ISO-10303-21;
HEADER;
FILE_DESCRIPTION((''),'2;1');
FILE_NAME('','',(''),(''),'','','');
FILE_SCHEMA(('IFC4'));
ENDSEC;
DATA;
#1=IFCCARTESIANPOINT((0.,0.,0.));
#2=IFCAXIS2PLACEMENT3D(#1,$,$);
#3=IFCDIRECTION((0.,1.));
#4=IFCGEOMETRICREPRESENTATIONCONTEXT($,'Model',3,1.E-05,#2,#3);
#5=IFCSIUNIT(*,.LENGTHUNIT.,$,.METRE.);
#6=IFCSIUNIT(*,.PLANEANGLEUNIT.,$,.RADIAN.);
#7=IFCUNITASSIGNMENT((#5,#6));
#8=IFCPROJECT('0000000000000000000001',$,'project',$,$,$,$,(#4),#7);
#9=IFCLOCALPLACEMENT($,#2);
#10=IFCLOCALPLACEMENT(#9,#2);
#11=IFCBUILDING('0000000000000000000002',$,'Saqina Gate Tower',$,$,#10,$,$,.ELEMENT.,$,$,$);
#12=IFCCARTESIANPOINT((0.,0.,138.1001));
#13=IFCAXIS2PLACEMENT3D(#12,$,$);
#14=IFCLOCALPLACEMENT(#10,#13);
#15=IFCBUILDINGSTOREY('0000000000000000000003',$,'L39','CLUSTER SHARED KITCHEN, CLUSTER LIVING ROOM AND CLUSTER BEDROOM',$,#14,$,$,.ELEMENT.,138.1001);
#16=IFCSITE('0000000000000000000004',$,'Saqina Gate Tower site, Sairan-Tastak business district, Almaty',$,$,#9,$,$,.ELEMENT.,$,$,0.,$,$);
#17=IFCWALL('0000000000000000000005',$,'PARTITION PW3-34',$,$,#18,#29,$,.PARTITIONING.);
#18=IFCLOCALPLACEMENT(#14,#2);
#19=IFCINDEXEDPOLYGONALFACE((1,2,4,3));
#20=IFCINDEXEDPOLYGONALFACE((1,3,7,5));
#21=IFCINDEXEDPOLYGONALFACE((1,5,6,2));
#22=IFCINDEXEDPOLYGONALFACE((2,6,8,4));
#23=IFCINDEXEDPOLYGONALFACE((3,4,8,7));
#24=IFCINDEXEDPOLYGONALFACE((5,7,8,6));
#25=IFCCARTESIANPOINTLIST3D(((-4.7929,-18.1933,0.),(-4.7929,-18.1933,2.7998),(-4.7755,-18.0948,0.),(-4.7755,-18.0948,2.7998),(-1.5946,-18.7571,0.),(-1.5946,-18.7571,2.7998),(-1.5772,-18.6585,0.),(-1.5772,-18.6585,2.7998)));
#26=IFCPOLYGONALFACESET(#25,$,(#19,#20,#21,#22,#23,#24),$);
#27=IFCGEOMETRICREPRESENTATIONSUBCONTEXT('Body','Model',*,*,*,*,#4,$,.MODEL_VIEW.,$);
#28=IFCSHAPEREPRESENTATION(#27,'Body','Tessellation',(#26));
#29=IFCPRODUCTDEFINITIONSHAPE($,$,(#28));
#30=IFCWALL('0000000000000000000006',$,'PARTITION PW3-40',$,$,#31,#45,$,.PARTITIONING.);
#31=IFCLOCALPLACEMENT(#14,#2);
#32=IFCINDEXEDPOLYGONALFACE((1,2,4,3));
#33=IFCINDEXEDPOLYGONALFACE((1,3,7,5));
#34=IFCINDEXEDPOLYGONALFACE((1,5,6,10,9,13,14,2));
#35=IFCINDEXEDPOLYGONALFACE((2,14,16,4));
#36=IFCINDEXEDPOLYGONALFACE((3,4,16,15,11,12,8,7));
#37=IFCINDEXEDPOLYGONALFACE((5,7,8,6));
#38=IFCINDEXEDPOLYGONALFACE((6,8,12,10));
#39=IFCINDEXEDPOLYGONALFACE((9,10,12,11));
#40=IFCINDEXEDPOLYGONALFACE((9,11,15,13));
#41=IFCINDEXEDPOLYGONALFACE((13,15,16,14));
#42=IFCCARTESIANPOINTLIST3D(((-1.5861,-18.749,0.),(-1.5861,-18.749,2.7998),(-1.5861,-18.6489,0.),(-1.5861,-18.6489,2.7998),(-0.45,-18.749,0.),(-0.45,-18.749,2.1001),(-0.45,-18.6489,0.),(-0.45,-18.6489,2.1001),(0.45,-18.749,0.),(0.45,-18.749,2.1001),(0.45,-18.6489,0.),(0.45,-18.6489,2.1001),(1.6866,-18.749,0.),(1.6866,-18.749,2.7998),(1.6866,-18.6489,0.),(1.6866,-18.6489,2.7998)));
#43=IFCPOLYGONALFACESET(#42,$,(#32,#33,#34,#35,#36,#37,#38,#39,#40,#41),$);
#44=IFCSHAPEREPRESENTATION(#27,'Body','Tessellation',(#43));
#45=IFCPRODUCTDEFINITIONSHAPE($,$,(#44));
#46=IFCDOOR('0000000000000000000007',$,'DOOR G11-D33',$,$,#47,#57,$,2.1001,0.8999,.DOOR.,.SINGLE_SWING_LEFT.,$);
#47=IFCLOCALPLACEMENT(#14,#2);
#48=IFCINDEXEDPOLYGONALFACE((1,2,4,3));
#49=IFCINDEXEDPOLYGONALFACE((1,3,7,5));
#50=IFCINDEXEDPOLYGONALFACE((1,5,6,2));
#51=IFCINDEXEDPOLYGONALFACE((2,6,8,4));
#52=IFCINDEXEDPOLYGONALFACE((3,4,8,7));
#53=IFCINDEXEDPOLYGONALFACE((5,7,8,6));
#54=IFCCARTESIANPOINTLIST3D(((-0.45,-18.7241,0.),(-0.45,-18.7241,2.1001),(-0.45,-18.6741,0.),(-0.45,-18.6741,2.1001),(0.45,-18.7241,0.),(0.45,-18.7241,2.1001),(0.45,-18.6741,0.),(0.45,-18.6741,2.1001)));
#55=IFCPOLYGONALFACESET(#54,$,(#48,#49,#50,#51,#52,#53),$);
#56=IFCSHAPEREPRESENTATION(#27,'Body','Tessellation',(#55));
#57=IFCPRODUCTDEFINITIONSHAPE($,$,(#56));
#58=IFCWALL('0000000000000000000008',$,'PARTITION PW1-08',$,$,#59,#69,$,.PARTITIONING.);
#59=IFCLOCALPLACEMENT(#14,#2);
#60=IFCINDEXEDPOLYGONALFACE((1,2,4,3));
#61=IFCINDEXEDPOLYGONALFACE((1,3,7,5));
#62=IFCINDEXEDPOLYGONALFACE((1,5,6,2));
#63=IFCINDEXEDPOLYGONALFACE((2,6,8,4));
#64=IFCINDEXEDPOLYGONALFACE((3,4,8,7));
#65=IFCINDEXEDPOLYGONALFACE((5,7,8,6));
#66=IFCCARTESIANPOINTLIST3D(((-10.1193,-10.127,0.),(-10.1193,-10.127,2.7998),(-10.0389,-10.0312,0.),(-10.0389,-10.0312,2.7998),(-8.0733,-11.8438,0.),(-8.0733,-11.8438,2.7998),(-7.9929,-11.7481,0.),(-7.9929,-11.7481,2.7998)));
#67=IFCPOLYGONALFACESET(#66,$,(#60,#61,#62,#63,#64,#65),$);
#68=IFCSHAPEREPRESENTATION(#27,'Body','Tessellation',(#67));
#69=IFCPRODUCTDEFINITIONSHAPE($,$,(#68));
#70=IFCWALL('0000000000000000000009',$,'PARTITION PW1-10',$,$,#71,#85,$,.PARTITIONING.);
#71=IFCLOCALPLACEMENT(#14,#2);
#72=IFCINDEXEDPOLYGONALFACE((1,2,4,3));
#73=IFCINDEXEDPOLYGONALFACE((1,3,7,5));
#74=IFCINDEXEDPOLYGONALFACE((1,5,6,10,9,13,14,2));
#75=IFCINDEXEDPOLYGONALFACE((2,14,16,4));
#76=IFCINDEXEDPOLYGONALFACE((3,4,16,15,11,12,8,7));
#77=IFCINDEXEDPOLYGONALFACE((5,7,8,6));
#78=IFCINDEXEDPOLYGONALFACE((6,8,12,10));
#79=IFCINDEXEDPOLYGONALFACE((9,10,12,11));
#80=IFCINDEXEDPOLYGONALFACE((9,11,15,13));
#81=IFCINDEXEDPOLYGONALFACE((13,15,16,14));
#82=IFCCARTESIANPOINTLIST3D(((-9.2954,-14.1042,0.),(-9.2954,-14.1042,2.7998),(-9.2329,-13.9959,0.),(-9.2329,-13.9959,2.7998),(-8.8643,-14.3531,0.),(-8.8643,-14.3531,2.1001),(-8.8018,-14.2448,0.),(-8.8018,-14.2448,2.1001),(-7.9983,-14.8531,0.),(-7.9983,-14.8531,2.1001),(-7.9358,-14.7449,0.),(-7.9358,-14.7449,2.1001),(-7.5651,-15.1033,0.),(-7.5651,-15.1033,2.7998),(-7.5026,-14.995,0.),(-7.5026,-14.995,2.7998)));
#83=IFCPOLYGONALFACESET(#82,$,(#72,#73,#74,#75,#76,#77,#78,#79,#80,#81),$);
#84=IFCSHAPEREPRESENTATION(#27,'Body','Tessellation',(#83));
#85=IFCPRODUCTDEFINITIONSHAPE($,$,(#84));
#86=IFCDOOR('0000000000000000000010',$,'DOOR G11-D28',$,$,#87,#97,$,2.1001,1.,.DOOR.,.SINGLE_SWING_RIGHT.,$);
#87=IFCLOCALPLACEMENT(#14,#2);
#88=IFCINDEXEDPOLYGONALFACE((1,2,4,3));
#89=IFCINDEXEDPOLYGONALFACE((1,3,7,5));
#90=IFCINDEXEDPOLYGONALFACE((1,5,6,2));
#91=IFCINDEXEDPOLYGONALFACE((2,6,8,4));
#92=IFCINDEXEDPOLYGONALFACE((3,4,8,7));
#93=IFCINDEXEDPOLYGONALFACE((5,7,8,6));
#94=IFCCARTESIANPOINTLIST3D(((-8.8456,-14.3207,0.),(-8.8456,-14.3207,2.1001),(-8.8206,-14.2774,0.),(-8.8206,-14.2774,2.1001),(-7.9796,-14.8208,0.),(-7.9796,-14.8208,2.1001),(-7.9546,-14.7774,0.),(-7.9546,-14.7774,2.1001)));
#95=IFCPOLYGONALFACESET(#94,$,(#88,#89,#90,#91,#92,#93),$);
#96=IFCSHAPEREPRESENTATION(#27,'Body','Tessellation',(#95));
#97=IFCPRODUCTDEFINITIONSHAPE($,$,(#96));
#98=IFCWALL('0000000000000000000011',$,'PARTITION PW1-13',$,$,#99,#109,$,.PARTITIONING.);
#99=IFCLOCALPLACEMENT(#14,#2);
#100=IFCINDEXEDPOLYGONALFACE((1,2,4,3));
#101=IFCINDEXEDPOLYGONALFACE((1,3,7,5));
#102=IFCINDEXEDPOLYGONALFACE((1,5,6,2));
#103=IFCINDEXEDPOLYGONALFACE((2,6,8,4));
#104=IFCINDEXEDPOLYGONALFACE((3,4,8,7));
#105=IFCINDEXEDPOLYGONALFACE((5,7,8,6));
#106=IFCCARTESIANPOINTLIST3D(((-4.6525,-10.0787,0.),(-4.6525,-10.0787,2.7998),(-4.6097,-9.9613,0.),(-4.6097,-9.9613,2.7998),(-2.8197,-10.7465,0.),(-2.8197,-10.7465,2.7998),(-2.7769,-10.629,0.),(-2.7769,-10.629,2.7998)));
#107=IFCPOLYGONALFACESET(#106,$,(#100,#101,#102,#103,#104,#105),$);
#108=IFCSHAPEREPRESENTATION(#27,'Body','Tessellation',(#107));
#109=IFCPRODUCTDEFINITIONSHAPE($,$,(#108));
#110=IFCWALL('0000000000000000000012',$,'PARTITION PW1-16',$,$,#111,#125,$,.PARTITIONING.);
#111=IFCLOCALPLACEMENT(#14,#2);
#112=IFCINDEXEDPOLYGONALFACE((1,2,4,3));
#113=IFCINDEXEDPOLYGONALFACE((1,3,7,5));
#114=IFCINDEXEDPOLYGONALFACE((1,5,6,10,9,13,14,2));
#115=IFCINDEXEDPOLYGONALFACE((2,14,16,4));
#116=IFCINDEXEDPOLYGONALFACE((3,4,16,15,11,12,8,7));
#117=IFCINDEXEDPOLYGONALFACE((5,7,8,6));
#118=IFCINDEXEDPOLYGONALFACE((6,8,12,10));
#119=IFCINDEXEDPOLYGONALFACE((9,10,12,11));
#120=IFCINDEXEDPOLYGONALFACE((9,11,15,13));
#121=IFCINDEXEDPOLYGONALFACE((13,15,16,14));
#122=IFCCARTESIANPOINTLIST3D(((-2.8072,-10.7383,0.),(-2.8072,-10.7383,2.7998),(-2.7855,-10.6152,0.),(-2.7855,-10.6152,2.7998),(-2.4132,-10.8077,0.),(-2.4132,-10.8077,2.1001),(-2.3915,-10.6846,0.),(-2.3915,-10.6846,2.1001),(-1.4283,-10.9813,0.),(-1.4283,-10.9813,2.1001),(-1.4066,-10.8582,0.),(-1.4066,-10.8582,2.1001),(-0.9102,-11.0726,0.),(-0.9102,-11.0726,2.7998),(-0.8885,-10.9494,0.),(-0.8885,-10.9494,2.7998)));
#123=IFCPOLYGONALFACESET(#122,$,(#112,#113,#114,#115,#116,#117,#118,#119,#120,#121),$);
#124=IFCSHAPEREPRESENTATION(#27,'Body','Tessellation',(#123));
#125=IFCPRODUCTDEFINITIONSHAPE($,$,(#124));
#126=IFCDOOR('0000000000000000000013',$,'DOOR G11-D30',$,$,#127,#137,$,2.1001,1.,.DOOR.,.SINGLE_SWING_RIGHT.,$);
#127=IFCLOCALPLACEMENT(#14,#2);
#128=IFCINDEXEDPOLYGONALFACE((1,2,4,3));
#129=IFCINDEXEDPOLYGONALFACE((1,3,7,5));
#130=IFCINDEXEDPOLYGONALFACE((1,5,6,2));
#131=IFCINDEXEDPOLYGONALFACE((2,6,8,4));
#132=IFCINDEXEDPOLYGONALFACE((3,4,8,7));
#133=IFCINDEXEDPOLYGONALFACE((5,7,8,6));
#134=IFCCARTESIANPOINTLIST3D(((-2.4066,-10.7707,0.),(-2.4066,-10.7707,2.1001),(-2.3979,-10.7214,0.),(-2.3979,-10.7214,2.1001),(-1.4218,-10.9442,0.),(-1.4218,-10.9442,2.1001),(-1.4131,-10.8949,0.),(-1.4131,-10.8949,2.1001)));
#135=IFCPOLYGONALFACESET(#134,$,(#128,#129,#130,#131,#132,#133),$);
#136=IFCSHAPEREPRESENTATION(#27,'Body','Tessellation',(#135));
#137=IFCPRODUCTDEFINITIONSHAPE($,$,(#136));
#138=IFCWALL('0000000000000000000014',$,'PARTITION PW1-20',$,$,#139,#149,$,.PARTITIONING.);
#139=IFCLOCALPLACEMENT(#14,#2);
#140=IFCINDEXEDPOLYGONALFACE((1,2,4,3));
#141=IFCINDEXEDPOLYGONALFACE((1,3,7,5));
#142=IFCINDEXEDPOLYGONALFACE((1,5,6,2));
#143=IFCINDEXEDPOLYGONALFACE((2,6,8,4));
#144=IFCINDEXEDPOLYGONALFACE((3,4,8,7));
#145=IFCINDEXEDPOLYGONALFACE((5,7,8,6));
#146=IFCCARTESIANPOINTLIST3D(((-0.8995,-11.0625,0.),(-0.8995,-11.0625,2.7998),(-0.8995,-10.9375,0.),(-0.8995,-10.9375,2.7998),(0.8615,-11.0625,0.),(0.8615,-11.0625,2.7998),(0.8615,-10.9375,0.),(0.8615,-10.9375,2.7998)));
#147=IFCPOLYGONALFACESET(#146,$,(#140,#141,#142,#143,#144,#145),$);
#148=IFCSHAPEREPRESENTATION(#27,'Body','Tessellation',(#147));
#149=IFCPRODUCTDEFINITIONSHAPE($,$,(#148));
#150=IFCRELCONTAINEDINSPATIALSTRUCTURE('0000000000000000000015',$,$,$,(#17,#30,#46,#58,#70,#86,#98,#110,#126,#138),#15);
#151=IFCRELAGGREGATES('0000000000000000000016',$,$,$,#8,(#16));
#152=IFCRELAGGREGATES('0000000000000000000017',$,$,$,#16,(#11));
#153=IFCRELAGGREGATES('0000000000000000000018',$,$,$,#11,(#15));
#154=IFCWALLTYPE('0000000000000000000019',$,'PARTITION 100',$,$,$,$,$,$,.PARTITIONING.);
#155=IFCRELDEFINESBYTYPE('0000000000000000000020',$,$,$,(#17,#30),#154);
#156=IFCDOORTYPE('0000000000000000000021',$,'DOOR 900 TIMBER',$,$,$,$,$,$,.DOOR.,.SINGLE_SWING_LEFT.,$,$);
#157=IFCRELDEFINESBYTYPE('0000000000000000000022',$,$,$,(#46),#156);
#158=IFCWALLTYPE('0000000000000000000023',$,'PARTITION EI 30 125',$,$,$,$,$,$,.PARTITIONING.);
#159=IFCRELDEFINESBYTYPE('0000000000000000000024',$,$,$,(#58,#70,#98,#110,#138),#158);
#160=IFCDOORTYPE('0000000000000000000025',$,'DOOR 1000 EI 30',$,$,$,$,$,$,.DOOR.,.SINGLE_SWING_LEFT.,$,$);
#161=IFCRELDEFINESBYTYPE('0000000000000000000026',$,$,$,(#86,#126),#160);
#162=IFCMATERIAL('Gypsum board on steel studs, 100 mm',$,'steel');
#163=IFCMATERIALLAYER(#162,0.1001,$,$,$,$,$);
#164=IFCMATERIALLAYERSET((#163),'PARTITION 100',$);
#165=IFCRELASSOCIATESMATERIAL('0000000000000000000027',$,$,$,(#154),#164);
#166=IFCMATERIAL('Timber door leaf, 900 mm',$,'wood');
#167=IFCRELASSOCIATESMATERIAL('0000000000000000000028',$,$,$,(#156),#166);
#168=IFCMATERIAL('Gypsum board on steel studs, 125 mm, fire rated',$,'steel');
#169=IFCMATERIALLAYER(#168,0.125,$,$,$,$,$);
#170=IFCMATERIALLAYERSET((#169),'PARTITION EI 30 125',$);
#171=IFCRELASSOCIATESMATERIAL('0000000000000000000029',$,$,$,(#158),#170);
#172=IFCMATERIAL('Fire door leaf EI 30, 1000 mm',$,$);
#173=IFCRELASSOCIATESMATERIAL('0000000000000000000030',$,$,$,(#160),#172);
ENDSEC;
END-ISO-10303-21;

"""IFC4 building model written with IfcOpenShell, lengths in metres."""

from ifc_helpers import new_model, si_unit, direction, frame, frame_2d, origin, place, context, subcontext, project, spatial, rectangle, extrude, material, layer, layer_set, type_object, element, fill, save


model = new_model("IFC4")

# Units and contexts
model_context = context("Model", 3, precision=1e-05, world=origin(), true_north=direction((0.0, 1.0)))
body_context = subcontext(model_context, "Body", "Model", "MODEL_VIEW")
ifc_project = project(units=[si_unit("LENGTHUNIT", "METRE"), si_unit("PLANEANGLEUNIT", "RADIAN")], contexts=[model_context])

# Site, building, storey
site_placement = place(None, origin())
site = spatial("IfcSite", under=ifc_project, at=site_placement, Name="Saqina Gate Tower site, Sairan-Tastak business district, Almaty", CompositionType="ELEMENT", RefElevation=0.0)
building_placement = place(site_placement, origin())
building = spatial("IfcBuilding", under=site, at=building_placement, Name="Saqina Gate Tower", CompositionType="ELEMENT")
storey_placement = place(building_placement, frame((0.0, 0.0, 138.1001)))
storey = spatial("IfcBuildingStorey", under=building, at=storey_placement, Name="L39", Description="CLUSTER SHARED KITCHEN, CLUSTER LIVING ROOM AND CLUSTER BEDROOM", CompositionType="ELEMENT", Elevation=138.1001)

# Wall
ifc_material_1 = material(Name="Gypsum board on steel studs, 100 mm", Category="steel")
ifc_layer_1 = layer(ifc_material_1, 0.1001)
ifc_layer_set_1 = layer_set([ifc_layer_1], Name="PARTITION 100")
wall_type_1 = type_object("IfcWallType", Name="PARTITION 100", PredefinedType="PARTITIONING", material=ifc_layer_set_1)
wall_1_placement = place(storey_placement, frame((-4.7842, -18.144, 0.0), z_axis=(0.0, 0.0, 1.0), x_axis=(0.984819, -0.173584, 0.0)))
element("IfcWall", 1, at=wall_1_placement, inside=storey, type_object=wall_type_1, Name="PARTITION PW3-34", PredefinedType="PARTITIONING", context=body_context, shape_type="SweptSolid", body=[
    extrude(rectangle(XDim=3.2476, YDim=0.1001, at=frame_2d((1.6238, 0.0))), origin(), (0.0, 0.0, 1.0), 2.7998),
])

# Wall, opening, door
wall_2_placement = place(storey_placement, frame((-1.5859, -18.699, 0.0), z_axis=(0.0, 0.0, 1.0), x_axis=(1.0, 0.0, 0.0)))
wall_2 = element("IfcWall", 2, at=wall_2_placement, inside=storey, type_object=wall_type_1, Name="PARTITION PW3-40", PredefinedType="PARTITIONING", context=body_context, shape_type="SweptSolid", body=[
    extrude(rectangle(XDim=3.2727, YDim=0.1001, at=frame_2d((1.6362, 0.0))), origin(), (0.0, 0.0, 1.0), 2.7998),
])
opening_1_placement = place(wall_2_placement, frame((1.136, 0.0, 0.0)))
opening_1 = element("IfcOpeningElement", 3, at=opening_1_placement, cuts=wall_2, PredefinedType="OPENING", context=body_context, shape_type="SweptSolid", body=[
    extrude(rectangle(XDim=0.8999, YDim=2.1001, at=frame_2d((0.45, 1.05))), frame((0.0, 0.062, 0.0), z_axis=(0.0, -1.0, 0.0), x_axis=(1.0, 0.0, 0.0)), (0.0, 0.0, 1.0), 0.124),
])
ifc_material_2 = material(Name="Timber door leaf, 900 mm", Category="wood")
door_type_1 = type_object("IfcDoorType", Name="DOOR 900 TIMBER", OperationType="SINGLE_SWING_LEFT", PredefinedType="DOOR", material=ifc_material_2)
door_1_placement = place(opening_1_placement, origin())
door_1 = element("IfcDoor", 4, at=door_1_placement, inside=storey, type_object=door_type_1, Name="DOOR G11-D33", OperationType="SINGLE_SWING_LEFT", OverallHeight=2.1001, OverallWidth=0.8999, PredefinedType="DOOR", context=body_context, shape_type="SweptSolid", body=[
    extrude(rectangle(XDim=0.8999, YDim=2.1001, at=frame_2d((0.45, 1.05))), frame((0.0, 0.0249, 0.0), z_axis=(0.0, -1.0, 0.0), x_axis=(1.0, 0.0, 0.0)), (0.0, 0.0, 1.0), 0.05),
])
fill(opening_1, door_1)

# Wall
ifc_material_3 = material(Name="Gypsum board on steel studs, 125 mm, fire rated", Category="steel")
ifc_layer_2 = layer(ifc_material_3, 0.125)
ifc_layer_set_2 = layer_set([ifc_layer_2], Name="PARTITION EI 30 125")
wall_type_2 = type_object("IfcWallType", Name="PARTITION EI 30 125", PredefinedType="PARTITIONING", material=ifc_layer_set_2)
wall_3_placement = place(storey_placement, frame((-10.0791, -10.0791, 0.0), z_axis=(0.0, 0.0, 1.0), x_axis=(0.766029, -0.642806, 0.0)))
element("IfcWall", 5, at=wall_3_placement, inside=storey, type_object=wall_type_2, Name="PARTITION PW1-08", PredefinedType="PARTITIONING", context=body_context, shape_type="SweptSolid", body=[
    extrude(rectangle(XDim=2.6709, YDim=0.125, at=frame_2d((1.3354, 0.0))), origin(), (0.0, 0.0, 1.0), 2.7998),
])

# Wall, opening, door
wall_4_placement = place(storey_placement, frame((-9.2642, -14.05, 0.0), z_axis=(0.0, 0.0, 1.0), x_axis=(0.866009, -0.500029, 0.0)))
wall_4 = element("IfcWall", 6, at=wall_4_placement, inside=storey, type_object=wall_type_2, Name="PARTITION PW1-10", PredefinedType="PARTITIONING", context=body_context, shape_type="SweptSolid", body=[
    extrude(rectangle(XDim=1.998, YDim=0.125, at=frame_2d((0.999, 0.0))), origin(), (0.0, 0.0, 1.0), 2.7998),
])
opening_2_placement = place(wall_4_placement, frame((0.4978, 0.0, 0.0)))
opening_2 = element("IfcOpeningElement", 7, at=opening_2_placement, cuts=wall_4, PredefinedType="OPENING", context=body_context, shape_type="SweptSolid", body=[
    extrude(rectangle(XDim=1.0, YDim=2.1001, at=frame_2d((0.5, 1.05))), frame((0.0, 0.0745, 0.0), z_axis=(0.0, -1.0, 0.0), x_axis=(1.0, 0.0, 0.0)), (0.0, 0.0, 1.0), 0.1489),
])
ifc_material_4 = material(Name="Fire door leaf EI 30, 1000 mm")
door_type_2 = type_object("IfcDoorType", Name="DOOR 1000 EI 30", OperationType="SINGLE_SWING_LEFT", PredefinedType="DOOR", material=ifc_material_4)
door_2_placement = place(opening_2_placement, origin())
door_2 = element("IfcDoor", 8, at=door_2_placement, inside=storey, type_object=door_type_2, Name="DOOR G11-D28", OperationType="SINGLE_SWING_RIGHT", OverallHeight=2.1001, OverallWidth=1.0, PredefinedType="DOOR", context=body_context, shape_type="SweptSolid", body=[
    extrude(rectangle(XDim=1.0, YDim=2.1001, at=frame_2d((0.5, 1.05))), frame((0.0, 0.0249, 0.0), z_axis=(0.0, -1.0, 0.0), x_axis=(1.0, 0.0, 0.0)), (0.0, 0.0, 1.0), 0.05),
])
fill(opening_2, door_2)

# Wall
wall_5_placement = place(storey_placement, frame((-4.6311, -10.02, 0.0), z_axis=(0.0, 0.0, 1.0), x_axis=(0.939585, -0.342316, 0.0)))
element("IfcWall", 9, at=wall_5_placement, inside=storey, type_object=wall_type_2, Name="PARTITION PW1-13", PredefinedType="PARTITIONING", context=body_context, shape_type="SweptSolid", body=[
    extrude(rectangle(XDim=1.9507, YDim=0.125, at=frame_2d((0.9753, 0.0))), origin(), (0.0, 0.0, 1.0), 2.7998),
])

# Wall, opening, door
wall_6_placement = place(storey_placement, frame((-2.7964, -10.6768, 0.0), z_axis=(0.0, 0.0, 1.0), x_axis=(0.984831, -0.173518, 0.0)))
wall_6 = element("IfcWall", 10, at=wall_6_placement, inside=storey, type_object=wall_type_2, Name="PARTITION PW1-16", PredefinedType="PARTITIONING", context=body_context, shape_type="SweptSolid", body=[
    extrude(rectangle(XDim=1.9263, YDim=0.125, at=frame_2d((0.9631, 0.0))), origin(), (0.0, 0.0, 1.0), 2.7998),
])
opening_3_placement = place(wall_6_placement, frame((0.4001, 0.0, 0.0)))
opening_3 = element("IfcOpeningElement", 11, at=opening_3_placement, cuts=wall_6, PredefinedType="OPENING", context=body_context, shape_type="SweptSolid", body=[
    extrude(rectangle(XDim=1.0, YDim=2.1001, at=frame_2d((0.5, 1.05))), frame((0.0, 0.0745, 0.0), z_axis=(0.0, -1.0, 0.0), x_axis=(1.0, 0.0, 0.0)), (0.0, 0.0, 1.0), 0.1489),
])
door_3_placement = place(opening_3_placement, frame((1.0, 0.0, 0.0), z_axis=(0.0, 0.0, 1.0), x_axis=(-1.0, 0.0, 0.0)))
door_3 = element("IfcDoor", 12, at=door_3_placement, inside=storey, type_object=door_type_2, Name="DOOR G11-D30", OperationType="SINGLE_SWING_RIGHT", OverallHeight=2.1001, OverallWidth=1.0, PredefinedType="DOOR", context=body_context, shape_type="SweptSolid", body=[
    extrude(rectangle(XDim=1.0, YDim=2.1001, at=frame_2d((0.5, 1.05))), frame((0.0, 0.0249, 0.0), z_axis=(0.0, -1.0, 0.0), x_axis=(1.0, 0.0, 0.0)), (0.0, 0.0, 1.0), 0.05),
])
fill(opening_3, door_3)

# Wall
wall_7_placement = place(storey_placement, frame((-0.8994, -11.0, 0.0), z_axis=(0.0, 0.0, 1.0), x_axis=(1.0, 0.0, 0.0)))
element("IfcWall", 13, at=wall_7_placement, inside=storey, type_object=wall_type_2, Name="PARTITION PW1-20", PredefinedType="PARTITIONING", context=body_context, shape_type="SweptSolid", body=[
    extrude(rectangle(XDim=1.761, YDim=0.125, at=frame_2d((0.8804, 0.0))), origin(), (0.0, 0.0, 1.0), 2.7998),
])

save(model, "model.ifc")
